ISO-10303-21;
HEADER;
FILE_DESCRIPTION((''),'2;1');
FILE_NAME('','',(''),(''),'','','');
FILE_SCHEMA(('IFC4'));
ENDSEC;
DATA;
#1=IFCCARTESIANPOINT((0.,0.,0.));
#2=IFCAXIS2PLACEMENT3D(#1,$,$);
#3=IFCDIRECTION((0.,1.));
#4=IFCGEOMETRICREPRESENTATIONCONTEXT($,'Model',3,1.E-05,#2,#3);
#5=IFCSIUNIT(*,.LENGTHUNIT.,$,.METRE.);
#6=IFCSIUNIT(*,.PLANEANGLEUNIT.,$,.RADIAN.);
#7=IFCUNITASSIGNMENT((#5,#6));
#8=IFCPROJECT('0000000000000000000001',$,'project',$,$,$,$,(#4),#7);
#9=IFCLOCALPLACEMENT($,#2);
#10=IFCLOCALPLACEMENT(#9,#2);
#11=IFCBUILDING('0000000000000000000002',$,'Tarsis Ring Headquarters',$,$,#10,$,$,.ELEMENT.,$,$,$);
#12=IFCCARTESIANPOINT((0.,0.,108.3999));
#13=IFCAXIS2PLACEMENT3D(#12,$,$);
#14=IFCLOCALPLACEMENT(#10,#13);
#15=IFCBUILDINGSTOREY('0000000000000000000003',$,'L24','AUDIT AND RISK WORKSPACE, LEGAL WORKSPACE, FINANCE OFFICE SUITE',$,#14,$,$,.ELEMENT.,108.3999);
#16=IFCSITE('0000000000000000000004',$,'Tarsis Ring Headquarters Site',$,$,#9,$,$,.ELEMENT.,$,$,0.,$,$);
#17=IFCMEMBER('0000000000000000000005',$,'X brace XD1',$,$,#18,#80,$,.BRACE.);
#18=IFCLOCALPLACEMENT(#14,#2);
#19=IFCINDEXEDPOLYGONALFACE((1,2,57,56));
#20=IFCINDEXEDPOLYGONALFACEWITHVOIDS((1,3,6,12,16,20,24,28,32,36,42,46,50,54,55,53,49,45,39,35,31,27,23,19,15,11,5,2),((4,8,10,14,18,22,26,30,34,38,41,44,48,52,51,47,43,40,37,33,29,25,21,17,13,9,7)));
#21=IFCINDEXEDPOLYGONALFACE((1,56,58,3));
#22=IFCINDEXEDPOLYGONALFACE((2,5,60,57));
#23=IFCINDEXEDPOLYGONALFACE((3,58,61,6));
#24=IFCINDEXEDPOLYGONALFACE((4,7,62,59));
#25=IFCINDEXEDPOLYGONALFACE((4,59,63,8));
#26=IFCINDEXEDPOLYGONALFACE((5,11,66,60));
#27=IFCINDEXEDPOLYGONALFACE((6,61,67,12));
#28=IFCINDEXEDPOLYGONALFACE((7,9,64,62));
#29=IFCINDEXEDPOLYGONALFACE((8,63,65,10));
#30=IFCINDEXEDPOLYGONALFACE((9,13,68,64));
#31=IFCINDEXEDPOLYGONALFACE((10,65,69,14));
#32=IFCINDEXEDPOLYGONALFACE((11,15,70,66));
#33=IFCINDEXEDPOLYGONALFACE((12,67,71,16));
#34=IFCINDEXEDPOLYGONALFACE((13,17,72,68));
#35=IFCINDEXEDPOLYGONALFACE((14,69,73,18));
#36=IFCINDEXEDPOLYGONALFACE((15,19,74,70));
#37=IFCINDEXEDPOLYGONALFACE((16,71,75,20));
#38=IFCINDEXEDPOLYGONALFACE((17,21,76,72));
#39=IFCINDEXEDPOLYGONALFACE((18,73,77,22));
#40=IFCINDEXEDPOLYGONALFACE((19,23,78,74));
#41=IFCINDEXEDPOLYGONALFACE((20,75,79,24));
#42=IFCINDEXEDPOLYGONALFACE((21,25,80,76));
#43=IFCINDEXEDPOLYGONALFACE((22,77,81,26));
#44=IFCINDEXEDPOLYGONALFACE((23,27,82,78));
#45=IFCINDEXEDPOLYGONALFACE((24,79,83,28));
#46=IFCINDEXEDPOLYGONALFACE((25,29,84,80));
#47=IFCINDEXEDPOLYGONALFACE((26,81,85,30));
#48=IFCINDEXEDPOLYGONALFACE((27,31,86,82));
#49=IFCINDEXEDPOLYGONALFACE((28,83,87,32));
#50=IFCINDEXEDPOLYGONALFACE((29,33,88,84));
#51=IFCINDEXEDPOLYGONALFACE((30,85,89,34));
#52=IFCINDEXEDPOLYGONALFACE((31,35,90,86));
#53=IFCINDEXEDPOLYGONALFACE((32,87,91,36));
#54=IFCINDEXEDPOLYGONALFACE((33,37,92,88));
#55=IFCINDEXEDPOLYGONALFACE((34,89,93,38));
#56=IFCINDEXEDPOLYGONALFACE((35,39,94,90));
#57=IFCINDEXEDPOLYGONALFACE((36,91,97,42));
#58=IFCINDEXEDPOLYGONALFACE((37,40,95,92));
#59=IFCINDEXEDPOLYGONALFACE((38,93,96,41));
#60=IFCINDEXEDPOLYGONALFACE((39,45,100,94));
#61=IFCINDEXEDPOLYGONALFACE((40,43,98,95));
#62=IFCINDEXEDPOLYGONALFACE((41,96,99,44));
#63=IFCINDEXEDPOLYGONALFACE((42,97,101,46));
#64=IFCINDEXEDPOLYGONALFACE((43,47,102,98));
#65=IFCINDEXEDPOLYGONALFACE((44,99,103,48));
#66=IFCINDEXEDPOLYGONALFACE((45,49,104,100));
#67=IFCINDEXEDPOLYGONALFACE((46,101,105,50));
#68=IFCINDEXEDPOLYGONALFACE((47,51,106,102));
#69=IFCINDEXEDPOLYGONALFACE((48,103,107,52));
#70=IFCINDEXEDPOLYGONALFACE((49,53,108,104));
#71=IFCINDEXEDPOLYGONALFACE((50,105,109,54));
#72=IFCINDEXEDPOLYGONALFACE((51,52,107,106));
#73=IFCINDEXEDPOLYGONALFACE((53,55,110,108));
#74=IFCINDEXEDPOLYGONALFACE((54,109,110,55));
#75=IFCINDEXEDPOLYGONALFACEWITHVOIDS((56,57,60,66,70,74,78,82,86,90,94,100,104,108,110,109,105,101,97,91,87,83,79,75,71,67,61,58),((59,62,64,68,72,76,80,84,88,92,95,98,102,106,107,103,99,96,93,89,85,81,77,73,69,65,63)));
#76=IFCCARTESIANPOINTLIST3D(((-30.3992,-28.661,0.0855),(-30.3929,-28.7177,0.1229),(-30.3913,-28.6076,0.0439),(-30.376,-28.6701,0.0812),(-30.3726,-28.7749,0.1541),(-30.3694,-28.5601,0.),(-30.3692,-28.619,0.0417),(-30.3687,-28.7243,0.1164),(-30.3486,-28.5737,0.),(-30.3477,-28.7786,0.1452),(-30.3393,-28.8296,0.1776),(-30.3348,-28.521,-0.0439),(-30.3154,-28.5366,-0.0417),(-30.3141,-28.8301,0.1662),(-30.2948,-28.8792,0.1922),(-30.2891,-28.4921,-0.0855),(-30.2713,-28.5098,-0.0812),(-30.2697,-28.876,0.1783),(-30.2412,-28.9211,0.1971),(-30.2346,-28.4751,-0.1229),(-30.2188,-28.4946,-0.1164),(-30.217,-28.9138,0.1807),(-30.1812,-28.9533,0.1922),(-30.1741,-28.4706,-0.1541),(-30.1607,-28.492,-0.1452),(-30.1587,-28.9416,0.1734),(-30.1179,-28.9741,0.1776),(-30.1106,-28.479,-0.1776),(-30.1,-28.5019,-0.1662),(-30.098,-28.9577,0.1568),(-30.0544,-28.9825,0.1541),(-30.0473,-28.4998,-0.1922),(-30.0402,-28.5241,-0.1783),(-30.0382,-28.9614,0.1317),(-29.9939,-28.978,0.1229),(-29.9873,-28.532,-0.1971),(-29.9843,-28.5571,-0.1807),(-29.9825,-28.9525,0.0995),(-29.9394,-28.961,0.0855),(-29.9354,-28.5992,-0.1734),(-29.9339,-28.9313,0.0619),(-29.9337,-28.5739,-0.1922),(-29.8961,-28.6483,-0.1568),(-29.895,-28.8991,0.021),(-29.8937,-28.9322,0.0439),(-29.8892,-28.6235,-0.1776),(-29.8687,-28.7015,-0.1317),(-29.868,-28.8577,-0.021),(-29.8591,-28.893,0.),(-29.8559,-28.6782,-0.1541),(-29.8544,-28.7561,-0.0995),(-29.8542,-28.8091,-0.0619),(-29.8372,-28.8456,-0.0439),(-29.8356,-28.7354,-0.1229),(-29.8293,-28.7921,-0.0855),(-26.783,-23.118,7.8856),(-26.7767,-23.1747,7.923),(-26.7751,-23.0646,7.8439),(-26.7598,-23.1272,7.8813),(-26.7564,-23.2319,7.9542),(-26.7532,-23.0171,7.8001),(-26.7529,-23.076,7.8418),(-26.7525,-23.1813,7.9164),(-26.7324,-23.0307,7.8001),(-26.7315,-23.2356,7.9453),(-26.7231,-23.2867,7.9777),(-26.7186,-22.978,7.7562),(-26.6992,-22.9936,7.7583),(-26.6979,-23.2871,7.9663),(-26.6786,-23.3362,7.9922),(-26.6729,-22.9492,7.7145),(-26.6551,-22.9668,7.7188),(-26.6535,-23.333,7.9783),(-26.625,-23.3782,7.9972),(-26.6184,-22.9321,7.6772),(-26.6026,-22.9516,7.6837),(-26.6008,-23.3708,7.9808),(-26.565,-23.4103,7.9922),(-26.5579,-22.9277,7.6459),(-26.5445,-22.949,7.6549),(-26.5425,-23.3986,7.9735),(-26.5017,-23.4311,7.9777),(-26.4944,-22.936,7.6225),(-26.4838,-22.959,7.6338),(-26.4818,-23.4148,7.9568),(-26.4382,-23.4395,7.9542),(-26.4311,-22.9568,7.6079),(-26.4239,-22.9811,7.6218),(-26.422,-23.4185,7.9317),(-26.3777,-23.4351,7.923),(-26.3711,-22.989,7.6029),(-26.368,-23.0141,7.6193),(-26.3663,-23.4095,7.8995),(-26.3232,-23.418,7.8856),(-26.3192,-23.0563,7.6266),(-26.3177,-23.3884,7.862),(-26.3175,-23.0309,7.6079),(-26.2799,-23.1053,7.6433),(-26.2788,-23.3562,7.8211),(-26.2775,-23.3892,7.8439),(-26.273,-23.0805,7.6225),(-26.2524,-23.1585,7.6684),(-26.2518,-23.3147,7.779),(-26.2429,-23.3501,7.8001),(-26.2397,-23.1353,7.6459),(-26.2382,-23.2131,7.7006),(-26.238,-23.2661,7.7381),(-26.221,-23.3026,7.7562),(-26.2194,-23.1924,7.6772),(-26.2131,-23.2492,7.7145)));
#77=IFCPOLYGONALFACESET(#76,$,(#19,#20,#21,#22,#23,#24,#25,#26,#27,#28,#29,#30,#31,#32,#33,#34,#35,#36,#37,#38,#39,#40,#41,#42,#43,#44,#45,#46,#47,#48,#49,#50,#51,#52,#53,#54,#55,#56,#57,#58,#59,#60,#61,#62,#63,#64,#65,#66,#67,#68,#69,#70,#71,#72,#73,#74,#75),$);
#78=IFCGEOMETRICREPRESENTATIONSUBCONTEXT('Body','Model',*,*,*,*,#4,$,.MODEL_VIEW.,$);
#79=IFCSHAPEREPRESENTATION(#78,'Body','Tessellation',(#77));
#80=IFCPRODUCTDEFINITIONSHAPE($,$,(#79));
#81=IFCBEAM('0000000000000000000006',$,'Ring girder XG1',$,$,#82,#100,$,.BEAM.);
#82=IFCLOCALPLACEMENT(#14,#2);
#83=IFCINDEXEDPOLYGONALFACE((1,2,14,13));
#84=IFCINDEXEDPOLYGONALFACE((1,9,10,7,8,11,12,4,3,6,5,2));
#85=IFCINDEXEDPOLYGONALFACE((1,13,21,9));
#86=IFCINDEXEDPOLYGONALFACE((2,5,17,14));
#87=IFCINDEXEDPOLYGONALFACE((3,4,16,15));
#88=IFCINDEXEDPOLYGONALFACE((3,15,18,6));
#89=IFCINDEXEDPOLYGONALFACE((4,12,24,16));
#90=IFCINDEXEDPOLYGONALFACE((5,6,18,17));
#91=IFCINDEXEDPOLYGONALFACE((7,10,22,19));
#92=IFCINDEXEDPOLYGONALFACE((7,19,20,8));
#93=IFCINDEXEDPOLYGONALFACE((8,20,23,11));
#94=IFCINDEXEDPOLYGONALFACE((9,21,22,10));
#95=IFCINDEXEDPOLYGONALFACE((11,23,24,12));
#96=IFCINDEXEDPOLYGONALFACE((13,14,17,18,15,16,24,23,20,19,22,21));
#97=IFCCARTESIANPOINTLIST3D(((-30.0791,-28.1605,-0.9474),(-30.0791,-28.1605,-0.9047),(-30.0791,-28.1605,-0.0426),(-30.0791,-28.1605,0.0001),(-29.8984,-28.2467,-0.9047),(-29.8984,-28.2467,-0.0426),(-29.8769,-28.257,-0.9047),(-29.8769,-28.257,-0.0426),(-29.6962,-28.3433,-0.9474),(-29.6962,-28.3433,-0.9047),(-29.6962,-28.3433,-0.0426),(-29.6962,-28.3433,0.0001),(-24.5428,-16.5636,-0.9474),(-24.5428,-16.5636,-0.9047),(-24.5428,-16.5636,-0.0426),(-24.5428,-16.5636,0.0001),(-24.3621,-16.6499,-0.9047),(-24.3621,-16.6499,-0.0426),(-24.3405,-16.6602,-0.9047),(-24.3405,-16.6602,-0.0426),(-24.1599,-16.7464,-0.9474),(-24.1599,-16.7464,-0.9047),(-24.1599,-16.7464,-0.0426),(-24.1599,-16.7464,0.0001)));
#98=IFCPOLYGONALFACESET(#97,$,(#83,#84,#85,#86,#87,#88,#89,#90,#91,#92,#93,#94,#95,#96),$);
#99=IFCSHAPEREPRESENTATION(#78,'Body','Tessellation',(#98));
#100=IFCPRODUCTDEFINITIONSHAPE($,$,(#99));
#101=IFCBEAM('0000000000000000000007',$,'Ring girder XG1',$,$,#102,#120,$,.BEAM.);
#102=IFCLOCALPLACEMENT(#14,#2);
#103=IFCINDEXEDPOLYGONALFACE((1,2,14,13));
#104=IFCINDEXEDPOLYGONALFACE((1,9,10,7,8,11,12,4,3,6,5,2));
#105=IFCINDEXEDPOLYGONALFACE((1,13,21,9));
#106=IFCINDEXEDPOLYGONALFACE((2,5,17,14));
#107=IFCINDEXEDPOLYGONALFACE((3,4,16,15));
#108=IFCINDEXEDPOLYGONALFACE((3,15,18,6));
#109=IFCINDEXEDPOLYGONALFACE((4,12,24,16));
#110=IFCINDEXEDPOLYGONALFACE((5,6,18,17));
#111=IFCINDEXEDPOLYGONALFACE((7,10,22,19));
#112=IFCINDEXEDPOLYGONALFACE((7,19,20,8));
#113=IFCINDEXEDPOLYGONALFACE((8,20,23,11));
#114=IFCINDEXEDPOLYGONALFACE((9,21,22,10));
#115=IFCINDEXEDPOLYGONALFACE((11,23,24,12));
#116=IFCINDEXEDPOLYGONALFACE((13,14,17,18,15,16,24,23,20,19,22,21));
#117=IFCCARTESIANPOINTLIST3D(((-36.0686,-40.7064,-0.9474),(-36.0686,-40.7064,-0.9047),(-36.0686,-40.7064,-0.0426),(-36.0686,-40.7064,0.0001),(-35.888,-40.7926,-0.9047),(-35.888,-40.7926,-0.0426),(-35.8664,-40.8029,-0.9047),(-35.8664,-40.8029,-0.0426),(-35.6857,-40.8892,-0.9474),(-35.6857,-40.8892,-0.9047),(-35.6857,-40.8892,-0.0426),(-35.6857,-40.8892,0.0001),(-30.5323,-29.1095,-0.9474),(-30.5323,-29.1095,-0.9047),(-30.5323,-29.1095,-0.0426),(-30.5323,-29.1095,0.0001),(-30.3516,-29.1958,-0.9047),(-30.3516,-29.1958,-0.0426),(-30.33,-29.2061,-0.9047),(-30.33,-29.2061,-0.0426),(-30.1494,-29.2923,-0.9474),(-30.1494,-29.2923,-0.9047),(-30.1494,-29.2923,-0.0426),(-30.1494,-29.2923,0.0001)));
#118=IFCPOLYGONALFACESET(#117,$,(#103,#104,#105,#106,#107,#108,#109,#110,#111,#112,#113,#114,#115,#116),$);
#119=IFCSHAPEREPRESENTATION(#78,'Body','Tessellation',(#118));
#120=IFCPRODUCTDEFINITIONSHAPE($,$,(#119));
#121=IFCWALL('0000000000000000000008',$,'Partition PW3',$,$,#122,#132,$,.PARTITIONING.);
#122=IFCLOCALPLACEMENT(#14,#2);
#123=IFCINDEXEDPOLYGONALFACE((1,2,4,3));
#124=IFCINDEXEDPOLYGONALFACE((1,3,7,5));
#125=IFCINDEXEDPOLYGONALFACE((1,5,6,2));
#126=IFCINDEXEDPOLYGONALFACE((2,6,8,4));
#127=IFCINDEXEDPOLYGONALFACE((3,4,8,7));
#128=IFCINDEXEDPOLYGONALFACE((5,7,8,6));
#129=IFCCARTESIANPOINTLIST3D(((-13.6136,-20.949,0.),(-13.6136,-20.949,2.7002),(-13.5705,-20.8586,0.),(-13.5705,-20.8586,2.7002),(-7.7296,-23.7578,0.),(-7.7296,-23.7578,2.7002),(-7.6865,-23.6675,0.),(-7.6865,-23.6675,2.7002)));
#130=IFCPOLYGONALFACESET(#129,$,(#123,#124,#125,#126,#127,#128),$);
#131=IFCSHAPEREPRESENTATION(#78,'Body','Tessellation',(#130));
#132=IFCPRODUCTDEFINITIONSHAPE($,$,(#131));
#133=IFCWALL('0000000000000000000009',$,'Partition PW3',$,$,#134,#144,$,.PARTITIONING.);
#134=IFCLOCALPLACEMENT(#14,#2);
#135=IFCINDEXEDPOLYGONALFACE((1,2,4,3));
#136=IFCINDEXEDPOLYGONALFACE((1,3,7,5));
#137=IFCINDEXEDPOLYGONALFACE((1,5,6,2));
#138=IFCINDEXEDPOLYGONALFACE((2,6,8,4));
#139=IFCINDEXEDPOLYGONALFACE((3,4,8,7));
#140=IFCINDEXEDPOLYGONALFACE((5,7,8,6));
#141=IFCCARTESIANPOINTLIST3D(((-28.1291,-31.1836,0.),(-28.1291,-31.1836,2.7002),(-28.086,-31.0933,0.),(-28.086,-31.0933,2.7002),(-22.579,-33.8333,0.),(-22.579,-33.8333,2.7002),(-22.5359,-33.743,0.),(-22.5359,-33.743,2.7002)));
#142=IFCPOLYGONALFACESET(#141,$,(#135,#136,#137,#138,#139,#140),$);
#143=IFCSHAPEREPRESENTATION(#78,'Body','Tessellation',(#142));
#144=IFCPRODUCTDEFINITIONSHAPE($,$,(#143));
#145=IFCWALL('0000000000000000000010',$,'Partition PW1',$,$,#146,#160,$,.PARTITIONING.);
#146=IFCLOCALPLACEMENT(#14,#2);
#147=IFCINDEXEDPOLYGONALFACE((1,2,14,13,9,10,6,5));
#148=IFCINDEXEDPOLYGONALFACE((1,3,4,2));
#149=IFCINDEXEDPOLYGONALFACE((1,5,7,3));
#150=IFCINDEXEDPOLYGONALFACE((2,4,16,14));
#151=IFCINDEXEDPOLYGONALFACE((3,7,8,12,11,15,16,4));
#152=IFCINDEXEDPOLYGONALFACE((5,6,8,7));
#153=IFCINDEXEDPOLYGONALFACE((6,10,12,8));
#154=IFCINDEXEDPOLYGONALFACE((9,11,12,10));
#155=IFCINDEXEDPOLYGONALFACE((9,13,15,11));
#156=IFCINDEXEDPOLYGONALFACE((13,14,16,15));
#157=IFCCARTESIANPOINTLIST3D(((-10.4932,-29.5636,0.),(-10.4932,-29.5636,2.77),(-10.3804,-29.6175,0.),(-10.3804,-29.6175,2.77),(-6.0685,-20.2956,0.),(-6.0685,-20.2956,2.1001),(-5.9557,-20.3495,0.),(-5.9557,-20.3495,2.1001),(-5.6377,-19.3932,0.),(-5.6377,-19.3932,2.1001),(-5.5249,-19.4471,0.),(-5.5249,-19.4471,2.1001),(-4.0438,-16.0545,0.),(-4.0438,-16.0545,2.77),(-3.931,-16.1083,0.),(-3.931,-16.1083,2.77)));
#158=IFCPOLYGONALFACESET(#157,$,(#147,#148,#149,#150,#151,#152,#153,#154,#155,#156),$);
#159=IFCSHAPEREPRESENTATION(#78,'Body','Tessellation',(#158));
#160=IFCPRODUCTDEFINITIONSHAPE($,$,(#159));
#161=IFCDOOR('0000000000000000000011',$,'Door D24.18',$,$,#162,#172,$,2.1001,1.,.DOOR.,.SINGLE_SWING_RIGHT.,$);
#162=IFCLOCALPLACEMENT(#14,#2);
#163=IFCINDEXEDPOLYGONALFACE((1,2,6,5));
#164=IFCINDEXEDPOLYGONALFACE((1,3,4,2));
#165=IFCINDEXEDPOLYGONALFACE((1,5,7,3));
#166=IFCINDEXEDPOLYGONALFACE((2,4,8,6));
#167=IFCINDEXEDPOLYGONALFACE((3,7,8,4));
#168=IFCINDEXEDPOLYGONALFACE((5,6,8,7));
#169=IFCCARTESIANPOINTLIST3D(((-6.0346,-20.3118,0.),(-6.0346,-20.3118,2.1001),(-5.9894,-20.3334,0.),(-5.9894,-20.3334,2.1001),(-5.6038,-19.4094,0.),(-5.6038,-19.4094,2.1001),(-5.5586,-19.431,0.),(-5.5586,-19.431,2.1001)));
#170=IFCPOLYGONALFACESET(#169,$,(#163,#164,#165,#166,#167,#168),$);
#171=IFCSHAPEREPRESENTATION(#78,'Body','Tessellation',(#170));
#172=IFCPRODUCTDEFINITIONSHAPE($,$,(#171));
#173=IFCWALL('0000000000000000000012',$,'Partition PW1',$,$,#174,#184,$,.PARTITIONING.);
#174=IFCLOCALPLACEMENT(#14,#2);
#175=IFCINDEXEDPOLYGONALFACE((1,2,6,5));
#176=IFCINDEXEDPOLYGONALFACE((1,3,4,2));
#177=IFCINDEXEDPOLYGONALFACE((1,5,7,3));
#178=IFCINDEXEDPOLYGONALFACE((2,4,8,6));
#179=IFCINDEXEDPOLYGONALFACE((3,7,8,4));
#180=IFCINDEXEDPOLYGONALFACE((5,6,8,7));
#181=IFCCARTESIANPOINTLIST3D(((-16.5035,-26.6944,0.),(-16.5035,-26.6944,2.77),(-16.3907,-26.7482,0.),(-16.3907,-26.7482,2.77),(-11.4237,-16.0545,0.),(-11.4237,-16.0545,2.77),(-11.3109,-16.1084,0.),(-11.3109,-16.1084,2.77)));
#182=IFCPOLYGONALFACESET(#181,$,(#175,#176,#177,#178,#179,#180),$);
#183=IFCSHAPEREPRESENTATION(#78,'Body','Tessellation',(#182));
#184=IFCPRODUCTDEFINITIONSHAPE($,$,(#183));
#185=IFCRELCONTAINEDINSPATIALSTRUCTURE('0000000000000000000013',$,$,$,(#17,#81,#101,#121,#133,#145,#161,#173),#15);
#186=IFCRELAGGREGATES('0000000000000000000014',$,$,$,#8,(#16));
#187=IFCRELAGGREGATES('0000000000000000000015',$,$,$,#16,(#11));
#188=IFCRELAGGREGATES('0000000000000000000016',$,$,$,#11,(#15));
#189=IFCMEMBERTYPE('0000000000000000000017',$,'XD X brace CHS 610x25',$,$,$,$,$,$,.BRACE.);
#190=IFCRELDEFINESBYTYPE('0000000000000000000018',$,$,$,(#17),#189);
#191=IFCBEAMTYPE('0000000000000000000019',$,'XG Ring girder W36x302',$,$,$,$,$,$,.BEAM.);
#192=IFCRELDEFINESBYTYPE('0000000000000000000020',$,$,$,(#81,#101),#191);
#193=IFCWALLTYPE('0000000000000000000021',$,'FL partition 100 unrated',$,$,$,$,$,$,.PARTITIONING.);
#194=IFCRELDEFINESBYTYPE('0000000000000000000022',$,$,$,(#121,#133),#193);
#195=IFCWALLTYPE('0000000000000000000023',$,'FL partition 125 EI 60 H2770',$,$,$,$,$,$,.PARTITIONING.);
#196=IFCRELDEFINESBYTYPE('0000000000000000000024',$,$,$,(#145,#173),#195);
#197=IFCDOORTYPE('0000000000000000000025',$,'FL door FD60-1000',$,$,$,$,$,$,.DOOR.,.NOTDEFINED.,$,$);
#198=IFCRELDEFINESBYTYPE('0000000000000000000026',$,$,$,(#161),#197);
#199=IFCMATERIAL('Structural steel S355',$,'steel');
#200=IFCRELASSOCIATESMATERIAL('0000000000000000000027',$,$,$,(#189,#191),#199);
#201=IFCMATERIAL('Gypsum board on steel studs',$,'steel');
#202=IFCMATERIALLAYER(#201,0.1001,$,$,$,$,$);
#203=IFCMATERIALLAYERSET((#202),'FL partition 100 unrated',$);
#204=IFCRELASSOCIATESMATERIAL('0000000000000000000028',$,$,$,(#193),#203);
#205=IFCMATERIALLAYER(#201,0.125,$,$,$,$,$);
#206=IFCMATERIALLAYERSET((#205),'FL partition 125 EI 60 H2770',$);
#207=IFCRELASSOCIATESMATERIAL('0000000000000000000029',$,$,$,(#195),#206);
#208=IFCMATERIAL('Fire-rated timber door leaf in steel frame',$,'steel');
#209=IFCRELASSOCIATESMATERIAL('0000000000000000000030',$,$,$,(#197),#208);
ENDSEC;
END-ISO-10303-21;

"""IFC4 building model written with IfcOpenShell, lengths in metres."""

from ifc_helpers import new_model, si_unit, direction, frame, frame_2d, origin, origin_2d, place, context, subcontext, project, spatial, rectangle, hollow_circle, i_section, extrude, material, layer, layer_set, material_profile, profile_set, type_object, element, fill, save


model = new_model("IFC4")

# Units and contexts
model_context = context("Model", 3, precision=1e-05, world=origin(), true_north=direction((0.0, 1.0)))
body_context = subcontext(model_context, "Body", "Model", "MODEL_VIEW")
ifc_project = project(units=[si_unit("LENGTHUNIT", "METRE"), si_unit("PLANEANGLEUNIT", "RADIAN")], contexts=[model_context])

# Site, building, storey
site_placement = place(None, origin())
site = spatial("IfcSite", under=ifc_project, at=site_placement, Name="Tarsis Ring Headquarters Site", CompositionType="ELEMENT", RefElevation=0.0)
building_placement = place(site_placement, origin())
building = spatial("IfcBuilding", under=site, at=building_placement, Name="Tarsis Ring Headquarters", CompositionType="ELEMENT")
storey_placement = place(building_placement, frame((0.0, 0.0, 108.3999)))
storey = spatial("IfcBuildingStorey", under=building, at=storey_placement, Name="L24", Description="AUDIT AND RISK WORKSPACE, LEGAL WORKSPACE, FINANCE OFFICE SUITE", CompositionType="ELEMENT", Elevation=108.3999)

# Shared definitions
ifc_material_1 = material(Name="Structural steel S355", Category="steel")

# Member
ifc_material_profile_1 = material_profile(ifc_material_1, hollow_circle(Radius=0.3047, WallThickness=0.0249, at=origin_2d()), Name="CHS 610x25")
ifc_profile_set_1 = profile_set([ifc_material_profile_1], Name="Structural steel S355")
member_type = type_object("IfcMemberType", Name="XD X brace CHS 610x25", PredefinedType="BRACE", material=ifc_profile_set_1)
member_placement = place(storey_placement, frame((-30.1143, -28.7266, 0.0), z_axis=(0.353509, 0.541862, 0.762507), x_axis=(-0.837525, 0.546398, 0.0)))
element("IfcMember", 1, at=member_placement, inside=storey, type_object=member_type, Name="X brace XD1", PredefinedType="BRACE", context=body_context, shape_type="SweptSolid", body=[
    extrude(hollow_circle(Radius=0.3047, WallThickness=0.0249, at=origin_2d()), origin(), (0.0, 0.0, 1.0), 10.2295),
])

# Beams
ifc_material_profile_2 = material_profile(ifc_material_1, i_section(OverallWidth=0.4243, OverallDepth=0.9475, WebThickness=0.0239, FlangeThickness=0.0427, at=origin_2d()), Name="W36x302")
ifc_profile_set_2 = profile_set([ifc_material_profile_2], Name="Structural steel S355")
beam_type_1 = type_object("IfcBeamType", Name="XG Ring girder W36x302", PredefinedType="BEAM", material=ifc_profile_set_2)
for number, where, z_axis, x_axis, name in (
    (2, (-24.3513, -16.655, -0.4736), (-0.430823, -0.902436, 0.0), (0.902436, -0.430823, 0.0), "Ring girder XG1"),
    (3, (-30.3408, -29.2009, -0.4736), (-0.430823, -0.902436, 0.0), (0.902436, -0.430823, 0.0), "Ring girder XG1"),
):
    element("IfcBeam", number, at=place(storey_placement, frame(where, z_axis=z_axis, x_axis=x_axis)), inside=storey, type_object=beam_type_1, Name=name, PredefinedType="BEAM", context=body_context, shape_type="SweptSolid", body=[
        extrude(i_section(OverallWidth=0.4243, OverallDepth=0.9475, WebThickness=0.0239, FlangeThickness=0.0427, at=origin_2d()), origin(), (0.0, 0.0, 1.0), 12.8506),
    ])

# Walls
ifc_material_2 = material(Name="Gypsum board on steel studs", Category="steel")
ifc_layer_1 = layer(ifc_material_2, 0.1001)
ifc_layer_set_1 = layer_set([ifc_layer_1], Name="FL partition 100 unrated")
wall_type_1 = type_object("IfcWallType", Name="FL partition 100 unrated", PredefinedType="PARTITIONING", material=ifc_layer_set_1)
wall_1_placement = place(storey_placement, frame((-13.592, -20.9038, 0.0), z_axis=(0.0, 0.0, 1.0), x_axis=(0.902448, -0.430798, 0.0)))
element("IfcWall", 4, at=wall_1_placement, inside=storey, type_object=wall_type_1, Name="Partition PW3", PredefinedType="PARTITIONING", context=body_context, shape_type="SweptSolid", body=[
    extrude(rectangle(XDim=6.52, YDim=0.1001, at=frame_2d((3.26, 0.0))), origin(), (0.0, 0.0, 1.0), 2.7002),
])
wall_2_placement = place(storey_placement, frame((-28.1077, -31.1384, 0.0), z_axis=(0.0, 0.0, 1.0), x_axis=(0.902432, -0.430832, 0.0)))
element("IfcWall", 5, at=wall_2_placement, inside=storey, type_object=wall_type_1, Name="Partition PW3", PredefinedType="PARTITIONING", context=body_context, shape_type="SweptSolid", body=[
    extrude(rectangle(XDim=6.1501, YDim=0.1001, at=frame_2d((3.0752, 0.0))), origin(), (0.0, 0.0, 1.0), 2.7002),
])

# Wall, opening, door
ifc_layer_2 = layer(ifc_material_2, 0.125)
ifc_layer_set_2 = layer_set([ifc_layer_2], Name="FL partition 125 EI 60 H2770")
wall_type_2 = type_object("IfcWallType", Name="FL partition 125 EI 60 H2770", PredefinedType="PARTITIONING", material=ifc_layer_set_2)
wall_3_placement = place(storey_placement, frame((-10.4368, -29.5906, 0.0), z_axis=(0.0, 0.0, 1.0), x_axis=(0.43083, 0.902433, 0.0)))
wall_3 = element("IfcWall", 6, at=wall_3_placement, inside=storey, type_object=wall_type_2, Name="Partition PW1", PredefinedType="PARTITIONING", context=body_context, shape_type="SweptSolid", body=[
    extrude(rectangle(XDim=14.9697, YDim=0.125, at=frame_2d((7.4849, 0.0))), origin(), (0.0, 0.0, 1.0), 2.77),
])
opening_1_placement = place(wall_3_placement, frame((10.27, 0.0, 0.0)))
opening_1 = element("IfcOpeningElement", 7, at=opening_1_placement, cuts=wall_3, PredefinedType="OPENING", context=body_context, shape_type="SweptSolid", body=[
    extrude(rectangle(XDim=1.0, YDim=2.1001, at=frame_2d((0.5, 1.05))), frame((0.0, 0.0725, 0.0), z_axis=(0.0, -1.0, 0.0), x_axis=(1.0, 0.0, 0.0)), (0.0, 0.0, 1.0), 0.145),
])
ifc_material_3 = material(Name="Fire-rated timber door leaf in steel frame", Category="steel")
door_type = type_object("IfcDoorType", Name="FL door FD60-1000", OperationType="NOTDEFINED", PredefinedType="DOOR", material=ifc_material_3)
door_1_placement = place(opening_1_placement, origin())
door_1 = element("IfcDoor", 8, at=door_1_placement, inside=storey, type_object=door_type, Name="Door D24.18", OperationType="SINGLE_SWING_RIGHT", OverallHeight=2.1001, OverallWidth=1.0, PredefinedType="DOOR", context=body_context, shape_type="SweptSolid", body=[
    extrude(rectangle(XDim=1.0, YDim=2.1001, at=frame_2d((0.5, 1.05))), frame((0.0, 0.0249, 0.0), z_axis=(0.0, -1.0, 0.0), x_axis=(1.0, 0.0, 0.0)), (0.0, 0.0, 1.0), 0.05),
])
fill(opening_1, door_1)

# Wall
wall_4_placement = place(storey_placement, frame((-16.447, -26.7212, 0.0), z_axis=(0.0, 0.0, 1.0), x_axis=(0.430847, 0.902425, 0.0)))
element("IfcWall", 9, at=wall_4_placement, inside=storey, type_object=wall_type_2, Name="Partition PW1", PredefinedType="PARTITIONING", context=body_context, shape_type="SweptSolid", body=[
    extrude(rectangle(XDim=11.7903, YDim=0.125, at=frame_2d((5.895, 0.0))), origin(), (0.0, 0.0, 1.0), 2.77),
])

save(model, "model.ifc")
